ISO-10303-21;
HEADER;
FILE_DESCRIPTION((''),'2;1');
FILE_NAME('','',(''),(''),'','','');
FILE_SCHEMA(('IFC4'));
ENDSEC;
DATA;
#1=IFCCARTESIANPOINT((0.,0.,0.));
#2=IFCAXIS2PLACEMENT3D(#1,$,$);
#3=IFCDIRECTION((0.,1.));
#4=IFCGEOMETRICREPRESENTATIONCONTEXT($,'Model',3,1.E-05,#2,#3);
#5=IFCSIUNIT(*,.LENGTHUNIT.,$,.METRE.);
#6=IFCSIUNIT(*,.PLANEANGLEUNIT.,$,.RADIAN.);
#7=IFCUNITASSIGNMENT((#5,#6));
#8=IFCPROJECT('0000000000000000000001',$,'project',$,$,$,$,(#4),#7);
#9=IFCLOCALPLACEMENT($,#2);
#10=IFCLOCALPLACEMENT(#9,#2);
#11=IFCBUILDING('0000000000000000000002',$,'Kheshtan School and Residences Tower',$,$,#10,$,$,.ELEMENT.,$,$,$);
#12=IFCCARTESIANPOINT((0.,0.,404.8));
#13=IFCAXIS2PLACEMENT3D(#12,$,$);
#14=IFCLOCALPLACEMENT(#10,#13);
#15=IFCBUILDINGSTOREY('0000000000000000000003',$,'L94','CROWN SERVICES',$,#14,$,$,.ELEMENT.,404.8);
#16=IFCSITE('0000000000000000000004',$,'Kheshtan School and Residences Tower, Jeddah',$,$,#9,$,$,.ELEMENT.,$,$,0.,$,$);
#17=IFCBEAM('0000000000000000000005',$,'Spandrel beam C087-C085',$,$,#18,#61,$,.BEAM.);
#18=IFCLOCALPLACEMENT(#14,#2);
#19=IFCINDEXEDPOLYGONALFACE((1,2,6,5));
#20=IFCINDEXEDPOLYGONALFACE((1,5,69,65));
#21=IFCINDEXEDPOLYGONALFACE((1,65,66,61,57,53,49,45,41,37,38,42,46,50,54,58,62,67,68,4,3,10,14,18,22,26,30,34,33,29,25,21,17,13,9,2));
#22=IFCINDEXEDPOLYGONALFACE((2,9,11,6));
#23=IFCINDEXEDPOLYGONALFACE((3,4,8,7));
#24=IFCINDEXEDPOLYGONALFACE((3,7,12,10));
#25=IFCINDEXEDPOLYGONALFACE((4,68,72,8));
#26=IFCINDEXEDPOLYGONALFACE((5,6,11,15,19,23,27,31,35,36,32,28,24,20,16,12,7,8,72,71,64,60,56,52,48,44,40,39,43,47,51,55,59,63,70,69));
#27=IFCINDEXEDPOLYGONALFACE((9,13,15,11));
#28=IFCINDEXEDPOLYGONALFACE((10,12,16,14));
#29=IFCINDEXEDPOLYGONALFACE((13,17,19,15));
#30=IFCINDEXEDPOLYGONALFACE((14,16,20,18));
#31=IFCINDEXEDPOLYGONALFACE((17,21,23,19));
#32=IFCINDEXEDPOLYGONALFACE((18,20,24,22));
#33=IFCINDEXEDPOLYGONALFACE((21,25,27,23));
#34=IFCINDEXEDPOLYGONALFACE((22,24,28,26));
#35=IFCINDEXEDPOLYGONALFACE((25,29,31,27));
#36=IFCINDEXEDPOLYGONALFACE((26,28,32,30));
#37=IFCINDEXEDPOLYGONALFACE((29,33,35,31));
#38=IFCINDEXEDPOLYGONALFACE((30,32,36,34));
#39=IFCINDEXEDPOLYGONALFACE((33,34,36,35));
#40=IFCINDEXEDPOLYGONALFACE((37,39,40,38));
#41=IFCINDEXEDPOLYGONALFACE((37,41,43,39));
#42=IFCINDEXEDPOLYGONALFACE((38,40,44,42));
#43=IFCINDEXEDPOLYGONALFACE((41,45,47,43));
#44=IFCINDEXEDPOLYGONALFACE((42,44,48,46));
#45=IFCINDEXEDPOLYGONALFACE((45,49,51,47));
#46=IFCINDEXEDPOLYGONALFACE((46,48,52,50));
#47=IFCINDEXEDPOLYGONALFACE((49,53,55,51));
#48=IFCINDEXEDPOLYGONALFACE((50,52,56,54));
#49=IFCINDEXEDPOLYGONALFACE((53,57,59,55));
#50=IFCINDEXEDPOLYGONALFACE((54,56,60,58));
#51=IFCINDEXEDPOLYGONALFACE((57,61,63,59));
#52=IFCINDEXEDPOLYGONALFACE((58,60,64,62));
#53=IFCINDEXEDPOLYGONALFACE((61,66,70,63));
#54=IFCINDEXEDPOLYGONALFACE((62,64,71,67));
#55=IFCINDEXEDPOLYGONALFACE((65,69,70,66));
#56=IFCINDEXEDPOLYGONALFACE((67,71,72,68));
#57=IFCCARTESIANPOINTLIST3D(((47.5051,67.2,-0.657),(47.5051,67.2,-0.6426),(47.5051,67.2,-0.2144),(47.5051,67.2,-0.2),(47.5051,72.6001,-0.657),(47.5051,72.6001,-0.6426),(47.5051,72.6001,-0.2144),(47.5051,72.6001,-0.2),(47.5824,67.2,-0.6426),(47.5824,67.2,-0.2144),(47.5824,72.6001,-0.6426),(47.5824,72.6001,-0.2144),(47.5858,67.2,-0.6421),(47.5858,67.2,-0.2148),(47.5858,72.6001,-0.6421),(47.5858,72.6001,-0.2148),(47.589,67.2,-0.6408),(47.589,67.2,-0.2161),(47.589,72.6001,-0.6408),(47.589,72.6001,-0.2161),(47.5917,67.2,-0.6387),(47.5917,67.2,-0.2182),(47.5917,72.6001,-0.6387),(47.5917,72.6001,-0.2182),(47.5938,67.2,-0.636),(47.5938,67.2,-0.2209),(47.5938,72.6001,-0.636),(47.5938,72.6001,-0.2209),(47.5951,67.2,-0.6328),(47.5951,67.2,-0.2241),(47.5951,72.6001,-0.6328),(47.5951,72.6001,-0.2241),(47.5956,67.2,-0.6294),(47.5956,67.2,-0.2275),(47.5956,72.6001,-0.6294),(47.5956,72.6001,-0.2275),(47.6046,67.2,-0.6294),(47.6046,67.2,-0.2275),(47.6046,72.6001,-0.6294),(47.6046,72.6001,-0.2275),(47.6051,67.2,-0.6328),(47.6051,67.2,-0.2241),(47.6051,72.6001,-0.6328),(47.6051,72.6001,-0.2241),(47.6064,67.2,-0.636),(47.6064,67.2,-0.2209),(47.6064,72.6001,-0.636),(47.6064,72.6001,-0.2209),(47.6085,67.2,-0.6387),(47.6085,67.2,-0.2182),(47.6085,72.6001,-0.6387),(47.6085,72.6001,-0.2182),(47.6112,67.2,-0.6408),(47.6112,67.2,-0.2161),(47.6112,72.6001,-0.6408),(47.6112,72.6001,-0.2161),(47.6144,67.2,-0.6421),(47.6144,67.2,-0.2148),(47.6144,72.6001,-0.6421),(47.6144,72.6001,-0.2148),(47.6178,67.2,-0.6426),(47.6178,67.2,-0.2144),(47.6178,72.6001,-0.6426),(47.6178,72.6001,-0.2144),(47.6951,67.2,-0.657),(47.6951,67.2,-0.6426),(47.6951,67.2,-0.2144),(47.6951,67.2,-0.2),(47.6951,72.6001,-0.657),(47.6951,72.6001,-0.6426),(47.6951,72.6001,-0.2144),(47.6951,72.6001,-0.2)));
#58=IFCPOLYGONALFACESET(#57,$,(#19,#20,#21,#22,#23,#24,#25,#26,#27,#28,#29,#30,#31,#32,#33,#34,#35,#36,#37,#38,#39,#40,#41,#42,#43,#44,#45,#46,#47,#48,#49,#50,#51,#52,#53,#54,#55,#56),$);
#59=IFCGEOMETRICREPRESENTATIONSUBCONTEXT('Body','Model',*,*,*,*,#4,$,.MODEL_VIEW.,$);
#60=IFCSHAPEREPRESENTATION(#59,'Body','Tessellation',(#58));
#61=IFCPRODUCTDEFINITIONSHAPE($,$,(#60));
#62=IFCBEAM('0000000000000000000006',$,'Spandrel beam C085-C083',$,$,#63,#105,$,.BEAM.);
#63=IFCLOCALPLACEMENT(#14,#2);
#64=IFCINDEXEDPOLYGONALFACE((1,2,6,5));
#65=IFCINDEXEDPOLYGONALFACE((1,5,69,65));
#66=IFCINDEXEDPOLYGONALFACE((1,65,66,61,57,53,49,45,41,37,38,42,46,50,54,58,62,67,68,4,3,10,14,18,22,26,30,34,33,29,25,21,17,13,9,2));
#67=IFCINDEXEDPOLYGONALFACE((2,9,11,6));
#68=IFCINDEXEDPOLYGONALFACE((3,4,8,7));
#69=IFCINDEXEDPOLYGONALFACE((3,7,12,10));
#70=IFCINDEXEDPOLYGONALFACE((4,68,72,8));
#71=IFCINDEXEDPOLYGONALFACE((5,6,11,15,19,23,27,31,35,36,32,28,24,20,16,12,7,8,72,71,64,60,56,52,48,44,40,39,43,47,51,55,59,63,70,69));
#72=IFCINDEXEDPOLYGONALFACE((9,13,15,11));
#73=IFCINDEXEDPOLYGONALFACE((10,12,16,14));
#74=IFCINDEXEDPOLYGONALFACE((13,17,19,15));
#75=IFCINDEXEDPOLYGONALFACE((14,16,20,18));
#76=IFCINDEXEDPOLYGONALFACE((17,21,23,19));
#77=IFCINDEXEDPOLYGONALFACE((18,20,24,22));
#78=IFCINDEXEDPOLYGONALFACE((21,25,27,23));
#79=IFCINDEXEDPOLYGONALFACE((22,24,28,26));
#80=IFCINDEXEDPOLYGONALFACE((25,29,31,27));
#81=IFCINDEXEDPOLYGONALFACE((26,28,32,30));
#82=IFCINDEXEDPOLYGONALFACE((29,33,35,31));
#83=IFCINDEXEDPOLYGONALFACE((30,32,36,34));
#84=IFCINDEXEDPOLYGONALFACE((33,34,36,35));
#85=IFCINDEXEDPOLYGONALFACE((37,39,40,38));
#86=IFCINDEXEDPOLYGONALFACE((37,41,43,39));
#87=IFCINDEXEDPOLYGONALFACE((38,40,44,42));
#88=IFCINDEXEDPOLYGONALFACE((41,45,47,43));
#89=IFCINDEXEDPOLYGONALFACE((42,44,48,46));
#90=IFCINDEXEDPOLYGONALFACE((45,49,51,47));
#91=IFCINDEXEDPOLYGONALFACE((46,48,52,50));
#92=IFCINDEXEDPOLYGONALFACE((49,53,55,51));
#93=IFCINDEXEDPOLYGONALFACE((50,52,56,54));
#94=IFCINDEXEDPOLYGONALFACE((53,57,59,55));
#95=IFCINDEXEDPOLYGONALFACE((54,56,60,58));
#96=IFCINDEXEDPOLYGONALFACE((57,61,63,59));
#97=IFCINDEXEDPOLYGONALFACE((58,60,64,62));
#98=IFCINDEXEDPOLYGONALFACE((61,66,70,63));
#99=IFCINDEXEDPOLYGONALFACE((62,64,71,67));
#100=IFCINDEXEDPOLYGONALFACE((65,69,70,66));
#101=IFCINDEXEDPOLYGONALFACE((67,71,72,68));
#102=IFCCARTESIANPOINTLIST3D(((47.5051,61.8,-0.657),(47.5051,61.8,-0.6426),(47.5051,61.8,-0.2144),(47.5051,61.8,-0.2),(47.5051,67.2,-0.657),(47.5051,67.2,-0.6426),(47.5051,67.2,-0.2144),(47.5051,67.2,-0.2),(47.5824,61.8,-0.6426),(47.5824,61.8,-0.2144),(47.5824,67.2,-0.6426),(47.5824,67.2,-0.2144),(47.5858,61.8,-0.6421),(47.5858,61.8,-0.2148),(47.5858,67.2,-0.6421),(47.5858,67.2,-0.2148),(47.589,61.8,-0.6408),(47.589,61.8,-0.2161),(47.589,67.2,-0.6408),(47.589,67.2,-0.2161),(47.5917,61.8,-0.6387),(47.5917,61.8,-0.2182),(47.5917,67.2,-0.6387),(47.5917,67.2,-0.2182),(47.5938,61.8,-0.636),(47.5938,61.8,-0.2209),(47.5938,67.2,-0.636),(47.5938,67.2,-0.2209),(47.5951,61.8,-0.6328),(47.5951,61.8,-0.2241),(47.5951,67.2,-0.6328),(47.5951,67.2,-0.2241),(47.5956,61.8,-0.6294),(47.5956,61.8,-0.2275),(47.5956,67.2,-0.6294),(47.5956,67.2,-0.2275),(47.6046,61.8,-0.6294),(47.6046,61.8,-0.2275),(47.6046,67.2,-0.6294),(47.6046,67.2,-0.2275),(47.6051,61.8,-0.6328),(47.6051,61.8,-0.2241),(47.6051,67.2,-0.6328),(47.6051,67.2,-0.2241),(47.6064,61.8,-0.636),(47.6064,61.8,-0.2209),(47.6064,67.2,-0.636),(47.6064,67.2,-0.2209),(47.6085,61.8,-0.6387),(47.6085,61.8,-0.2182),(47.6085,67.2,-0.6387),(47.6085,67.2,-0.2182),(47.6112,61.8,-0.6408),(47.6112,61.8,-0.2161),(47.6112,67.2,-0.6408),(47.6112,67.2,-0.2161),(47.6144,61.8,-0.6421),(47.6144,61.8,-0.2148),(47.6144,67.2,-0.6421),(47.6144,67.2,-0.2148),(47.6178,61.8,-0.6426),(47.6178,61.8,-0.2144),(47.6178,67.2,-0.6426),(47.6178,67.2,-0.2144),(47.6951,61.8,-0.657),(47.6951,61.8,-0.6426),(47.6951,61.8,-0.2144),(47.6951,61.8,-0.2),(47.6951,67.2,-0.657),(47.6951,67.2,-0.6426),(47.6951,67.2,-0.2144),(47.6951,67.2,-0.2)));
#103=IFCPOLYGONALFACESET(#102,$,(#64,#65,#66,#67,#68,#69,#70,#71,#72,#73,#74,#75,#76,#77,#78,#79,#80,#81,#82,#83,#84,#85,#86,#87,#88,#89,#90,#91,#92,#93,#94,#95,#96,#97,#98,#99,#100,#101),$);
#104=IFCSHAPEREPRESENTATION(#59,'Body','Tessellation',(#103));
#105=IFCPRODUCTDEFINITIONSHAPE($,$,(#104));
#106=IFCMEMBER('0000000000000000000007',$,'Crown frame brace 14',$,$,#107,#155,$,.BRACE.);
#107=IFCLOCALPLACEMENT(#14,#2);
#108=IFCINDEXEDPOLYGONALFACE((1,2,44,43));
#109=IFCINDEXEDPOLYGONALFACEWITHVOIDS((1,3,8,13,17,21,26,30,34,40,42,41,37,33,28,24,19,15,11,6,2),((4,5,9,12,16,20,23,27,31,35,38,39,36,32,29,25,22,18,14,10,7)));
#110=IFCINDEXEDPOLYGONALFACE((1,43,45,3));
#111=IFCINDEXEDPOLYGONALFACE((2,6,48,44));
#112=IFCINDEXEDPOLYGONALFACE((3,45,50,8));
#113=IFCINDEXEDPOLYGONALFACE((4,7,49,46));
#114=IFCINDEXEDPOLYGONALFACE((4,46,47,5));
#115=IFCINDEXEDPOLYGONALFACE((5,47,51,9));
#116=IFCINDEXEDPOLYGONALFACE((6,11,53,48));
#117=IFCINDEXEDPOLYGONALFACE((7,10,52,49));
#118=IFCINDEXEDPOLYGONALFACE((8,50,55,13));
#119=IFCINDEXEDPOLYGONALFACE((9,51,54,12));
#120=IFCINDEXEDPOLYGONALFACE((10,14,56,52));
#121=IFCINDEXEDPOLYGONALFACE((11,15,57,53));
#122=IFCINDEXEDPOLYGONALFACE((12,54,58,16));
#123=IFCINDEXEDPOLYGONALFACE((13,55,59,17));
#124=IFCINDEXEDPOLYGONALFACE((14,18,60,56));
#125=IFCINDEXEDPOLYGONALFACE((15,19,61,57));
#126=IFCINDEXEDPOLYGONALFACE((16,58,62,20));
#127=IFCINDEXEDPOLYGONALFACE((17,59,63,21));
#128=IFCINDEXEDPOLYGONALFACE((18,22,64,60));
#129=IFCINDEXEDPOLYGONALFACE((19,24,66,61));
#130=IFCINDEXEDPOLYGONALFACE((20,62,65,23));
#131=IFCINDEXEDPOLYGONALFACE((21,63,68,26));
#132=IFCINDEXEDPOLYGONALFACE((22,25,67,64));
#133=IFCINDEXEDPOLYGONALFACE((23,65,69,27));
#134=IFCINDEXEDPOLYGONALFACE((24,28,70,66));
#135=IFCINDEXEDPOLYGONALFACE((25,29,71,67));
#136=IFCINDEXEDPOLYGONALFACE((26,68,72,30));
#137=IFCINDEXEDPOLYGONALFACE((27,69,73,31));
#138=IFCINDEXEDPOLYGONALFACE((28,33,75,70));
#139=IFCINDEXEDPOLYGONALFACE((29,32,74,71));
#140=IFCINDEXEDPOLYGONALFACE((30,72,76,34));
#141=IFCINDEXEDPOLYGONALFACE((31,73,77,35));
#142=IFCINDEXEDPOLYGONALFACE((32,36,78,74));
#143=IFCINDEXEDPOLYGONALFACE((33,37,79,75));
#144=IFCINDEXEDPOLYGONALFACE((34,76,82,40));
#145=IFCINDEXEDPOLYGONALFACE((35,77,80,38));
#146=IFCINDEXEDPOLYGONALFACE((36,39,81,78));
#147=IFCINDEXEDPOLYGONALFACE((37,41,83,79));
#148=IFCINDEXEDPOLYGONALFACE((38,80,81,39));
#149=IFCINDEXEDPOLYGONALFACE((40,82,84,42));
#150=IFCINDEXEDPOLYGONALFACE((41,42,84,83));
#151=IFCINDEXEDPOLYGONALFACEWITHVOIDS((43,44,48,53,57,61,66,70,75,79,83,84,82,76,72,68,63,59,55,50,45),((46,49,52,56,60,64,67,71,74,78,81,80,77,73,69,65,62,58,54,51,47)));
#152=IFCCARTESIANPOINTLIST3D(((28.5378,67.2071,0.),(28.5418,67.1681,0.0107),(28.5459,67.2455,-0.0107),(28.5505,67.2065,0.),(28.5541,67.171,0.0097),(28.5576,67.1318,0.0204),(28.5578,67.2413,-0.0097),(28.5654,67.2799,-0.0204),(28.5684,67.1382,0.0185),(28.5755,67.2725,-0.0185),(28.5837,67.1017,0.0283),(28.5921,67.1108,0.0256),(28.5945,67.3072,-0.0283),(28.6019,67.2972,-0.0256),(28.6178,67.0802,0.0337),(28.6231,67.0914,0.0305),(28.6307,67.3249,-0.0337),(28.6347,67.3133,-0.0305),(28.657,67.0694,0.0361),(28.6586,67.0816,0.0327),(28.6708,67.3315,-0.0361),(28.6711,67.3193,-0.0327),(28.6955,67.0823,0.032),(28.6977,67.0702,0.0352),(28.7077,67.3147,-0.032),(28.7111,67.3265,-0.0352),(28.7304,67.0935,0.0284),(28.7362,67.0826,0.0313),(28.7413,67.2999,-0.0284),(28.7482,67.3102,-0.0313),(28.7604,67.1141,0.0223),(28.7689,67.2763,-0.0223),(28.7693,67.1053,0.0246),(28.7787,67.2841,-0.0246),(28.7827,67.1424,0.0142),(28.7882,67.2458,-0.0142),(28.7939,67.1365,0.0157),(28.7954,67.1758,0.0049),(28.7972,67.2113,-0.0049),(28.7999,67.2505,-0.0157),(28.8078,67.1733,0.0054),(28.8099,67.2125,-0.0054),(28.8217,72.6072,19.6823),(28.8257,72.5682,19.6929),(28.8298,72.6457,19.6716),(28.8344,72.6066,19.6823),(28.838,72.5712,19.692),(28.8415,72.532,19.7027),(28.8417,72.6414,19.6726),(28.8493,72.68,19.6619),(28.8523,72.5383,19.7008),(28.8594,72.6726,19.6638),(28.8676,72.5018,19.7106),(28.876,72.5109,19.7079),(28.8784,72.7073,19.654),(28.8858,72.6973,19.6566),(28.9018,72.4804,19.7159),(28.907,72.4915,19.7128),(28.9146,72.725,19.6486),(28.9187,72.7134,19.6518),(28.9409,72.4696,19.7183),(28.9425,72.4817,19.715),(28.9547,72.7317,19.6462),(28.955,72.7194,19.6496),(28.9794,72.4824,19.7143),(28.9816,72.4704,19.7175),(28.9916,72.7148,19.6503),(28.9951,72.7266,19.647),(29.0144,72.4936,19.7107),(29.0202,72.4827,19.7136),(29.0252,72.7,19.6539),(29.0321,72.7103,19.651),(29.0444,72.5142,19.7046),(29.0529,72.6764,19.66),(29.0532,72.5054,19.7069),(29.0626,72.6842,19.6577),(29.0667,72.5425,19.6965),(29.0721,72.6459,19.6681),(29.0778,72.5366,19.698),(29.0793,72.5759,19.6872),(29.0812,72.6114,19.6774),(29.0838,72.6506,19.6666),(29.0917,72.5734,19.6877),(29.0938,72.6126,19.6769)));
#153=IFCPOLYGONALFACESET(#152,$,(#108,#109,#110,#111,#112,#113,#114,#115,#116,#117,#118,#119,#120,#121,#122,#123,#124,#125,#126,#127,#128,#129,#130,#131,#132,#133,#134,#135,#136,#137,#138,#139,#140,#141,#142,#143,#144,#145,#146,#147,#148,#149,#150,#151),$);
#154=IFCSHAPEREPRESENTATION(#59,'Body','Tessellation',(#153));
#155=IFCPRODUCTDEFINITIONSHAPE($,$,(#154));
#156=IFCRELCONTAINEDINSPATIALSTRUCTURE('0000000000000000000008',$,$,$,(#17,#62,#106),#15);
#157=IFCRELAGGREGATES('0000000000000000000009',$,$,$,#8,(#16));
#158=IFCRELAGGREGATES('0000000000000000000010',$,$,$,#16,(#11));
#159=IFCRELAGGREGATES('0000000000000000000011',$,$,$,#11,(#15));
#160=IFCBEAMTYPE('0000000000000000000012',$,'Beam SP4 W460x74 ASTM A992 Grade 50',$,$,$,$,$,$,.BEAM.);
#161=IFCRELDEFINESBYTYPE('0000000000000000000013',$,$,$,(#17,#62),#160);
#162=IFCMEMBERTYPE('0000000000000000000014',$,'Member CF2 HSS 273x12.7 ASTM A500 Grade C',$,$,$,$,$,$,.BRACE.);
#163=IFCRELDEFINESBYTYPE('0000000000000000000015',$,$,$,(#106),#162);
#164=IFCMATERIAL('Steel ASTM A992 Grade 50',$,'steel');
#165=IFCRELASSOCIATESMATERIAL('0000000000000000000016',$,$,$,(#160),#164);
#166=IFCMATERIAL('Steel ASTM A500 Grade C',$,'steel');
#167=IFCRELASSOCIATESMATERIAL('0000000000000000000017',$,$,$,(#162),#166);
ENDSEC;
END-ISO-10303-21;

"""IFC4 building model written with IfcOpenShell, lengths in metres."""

from ifc_helpers import new_model, si_unit, direction, frame, origin, origin_2d, place, context, subcontext, project, spatial, hollow_circle, i_section, extrude, material, material_profile, profile_set, type_object, element, save


model = new_model("IFC4")

# Units and contexts
model_context = context("Model", 3, precision=1e-05, world=origin(), true_north=direction((0.0, 1.0)))
body_context = subcontext(model_context, "Body", "Model", "MODEL_VIEW")
ifc_project = project(units=[si_unit("LENGTHUNIT", "METRE"), si_unit("PLANEANGLEUNIT", "RADIAN")], contexts=[model_context])

# Site, building, storey
site_placement = place(None, origin())
site = spatial("IfcSite", under=ifc_project, at=site_placement, Name="Kheshtan School and Residences Tower, Jeddah", CompositionType="ELEMENT", RefElevation=0.0)
building_placement = place(site_placement, origin())
building = spatial("IfcBuilding", under=site, at=building_placement, Name="Kheshtan School and Residences Tower", CompositionType="ELEMENT")
storey_placement = place(building_placement, frame((0.0, 0.0, 404.8)))
storey = spatial("IfcBuildingStorey", under=building, at=storey_placement, Name="L94", Description="CROWN SERVICES", CompositionType="ELEMENT", Elevation=404.8)

# Shared definitions
ifc_material_1 = material(Name="Steel ASTM A500 Grade C", Category="steel")

# Beams
ifc_material_2 = material(Name="Steel ASTM A992 Grade 50", Category="steel")
ifc_material_profile_1 = material_profile(ifc_material_2, i_section(OverallWidth=0.1899, OverallDepth=0.457, WebThickness=0.009, FlangeThickness=0.0144, FilletRadius=0.0132, at=origin_2d()), Name="W460x74")
ifc_profile_set_1 = profile_set([ifc_material_profile_1], Name="Steel ASTM A992 Grade 50")
beam_type_1 = type_object("IfcBeamType", Name="Beam SP4 W460x74 ASTM A992 Grade 50", PredefinedType="BEAM", material=ifc_profile_set_1)
beam_1_placement = place(storey_placement, frame((47.6001, 72.6001, -0.4285), z_axis=(0.0, -1.0, 0.0), x_axis=(1.0, 0.0, 0.0)))
element("IfcBeam", 1, at=beam_1_placement, inside=storey, type_object=beam_type_1, Name="Spandrel beam C087-C085", PredefinedType="BEAM", context=body_context, shape_type="SweptSolid", body=[
    extrude(i_section(OverallWidth=0.1899, OverallDepth=0.457, WebThickness=0.009, FlangeThickness=0.0144, FilletRadius=0.0132, at=origin_2d()), origin(), (0.0, 0.0, 1.0), 5.4001),
])
beam_2_placement = place(storey_placement, frame((47.6001, 67.2, -0.4285), z_axis=(0.0, -1.0, 0.0), x_axis=(1.0, 0.0, 0.0)))
element("IfcBeam", 2, at=beam_2_placement, inside=storey, type_object=beam_type_1, Name="Spandrel beam C085-C083", PredefinedType="BEAM", context=body_context, shape_type="SweptSolid", body=[
    extrude(i_section(OverallWidth=0.1899, OverallDepth=0.457, WebThickness=0.009, FlangeThickness=0.0144, FilletRadius=0.0132, at=origin_2d()), origin(), (0.0, 0.0, 1.0), 5.3999),
])

# Member
ifc_material_profile_2 = material_profile(ifc_material_1, hollow_circle(Radius=0.1365, WallThickness=0.0127, at=origin_2d()), Name="HSS 273x12.7")
ifc_profile_set_2 = profile_set([ifc_material_profile_2], Name="Steel ASTM A500 Grade C")
member_type = type_object("IfcMemberType", Name="Member CF2 HSS 273x12.7 ASTM A500 Grade C", PredefinedType="BRACE", material=ifc_profile_set_2)
for number, where, z_axis, x_axis, name in (
    (3, (28.6741, 67.2, 0.0), (0.01391, 0.264561, 0.964269), (-0.998621, 0.052507, 0.0), "Crown frame brace 14"),
):
    element("IfcMember", number, at=place(storey_placement, frame(where, z_axis=z_axis, x_axis=x_axis)), inside=storey, type_object=member_type, Name=name, PredefinedType="BRACE", context=body_context, shape_type="SweptSolid", body=[
        extrude(hollow_circle(Radius=0.1365, WallThickness=0.0127, at=origin_2d()), origin(), (0.0, 0.0, 1.0), 20.4116),
    ])

save(model, "model.ifc")
